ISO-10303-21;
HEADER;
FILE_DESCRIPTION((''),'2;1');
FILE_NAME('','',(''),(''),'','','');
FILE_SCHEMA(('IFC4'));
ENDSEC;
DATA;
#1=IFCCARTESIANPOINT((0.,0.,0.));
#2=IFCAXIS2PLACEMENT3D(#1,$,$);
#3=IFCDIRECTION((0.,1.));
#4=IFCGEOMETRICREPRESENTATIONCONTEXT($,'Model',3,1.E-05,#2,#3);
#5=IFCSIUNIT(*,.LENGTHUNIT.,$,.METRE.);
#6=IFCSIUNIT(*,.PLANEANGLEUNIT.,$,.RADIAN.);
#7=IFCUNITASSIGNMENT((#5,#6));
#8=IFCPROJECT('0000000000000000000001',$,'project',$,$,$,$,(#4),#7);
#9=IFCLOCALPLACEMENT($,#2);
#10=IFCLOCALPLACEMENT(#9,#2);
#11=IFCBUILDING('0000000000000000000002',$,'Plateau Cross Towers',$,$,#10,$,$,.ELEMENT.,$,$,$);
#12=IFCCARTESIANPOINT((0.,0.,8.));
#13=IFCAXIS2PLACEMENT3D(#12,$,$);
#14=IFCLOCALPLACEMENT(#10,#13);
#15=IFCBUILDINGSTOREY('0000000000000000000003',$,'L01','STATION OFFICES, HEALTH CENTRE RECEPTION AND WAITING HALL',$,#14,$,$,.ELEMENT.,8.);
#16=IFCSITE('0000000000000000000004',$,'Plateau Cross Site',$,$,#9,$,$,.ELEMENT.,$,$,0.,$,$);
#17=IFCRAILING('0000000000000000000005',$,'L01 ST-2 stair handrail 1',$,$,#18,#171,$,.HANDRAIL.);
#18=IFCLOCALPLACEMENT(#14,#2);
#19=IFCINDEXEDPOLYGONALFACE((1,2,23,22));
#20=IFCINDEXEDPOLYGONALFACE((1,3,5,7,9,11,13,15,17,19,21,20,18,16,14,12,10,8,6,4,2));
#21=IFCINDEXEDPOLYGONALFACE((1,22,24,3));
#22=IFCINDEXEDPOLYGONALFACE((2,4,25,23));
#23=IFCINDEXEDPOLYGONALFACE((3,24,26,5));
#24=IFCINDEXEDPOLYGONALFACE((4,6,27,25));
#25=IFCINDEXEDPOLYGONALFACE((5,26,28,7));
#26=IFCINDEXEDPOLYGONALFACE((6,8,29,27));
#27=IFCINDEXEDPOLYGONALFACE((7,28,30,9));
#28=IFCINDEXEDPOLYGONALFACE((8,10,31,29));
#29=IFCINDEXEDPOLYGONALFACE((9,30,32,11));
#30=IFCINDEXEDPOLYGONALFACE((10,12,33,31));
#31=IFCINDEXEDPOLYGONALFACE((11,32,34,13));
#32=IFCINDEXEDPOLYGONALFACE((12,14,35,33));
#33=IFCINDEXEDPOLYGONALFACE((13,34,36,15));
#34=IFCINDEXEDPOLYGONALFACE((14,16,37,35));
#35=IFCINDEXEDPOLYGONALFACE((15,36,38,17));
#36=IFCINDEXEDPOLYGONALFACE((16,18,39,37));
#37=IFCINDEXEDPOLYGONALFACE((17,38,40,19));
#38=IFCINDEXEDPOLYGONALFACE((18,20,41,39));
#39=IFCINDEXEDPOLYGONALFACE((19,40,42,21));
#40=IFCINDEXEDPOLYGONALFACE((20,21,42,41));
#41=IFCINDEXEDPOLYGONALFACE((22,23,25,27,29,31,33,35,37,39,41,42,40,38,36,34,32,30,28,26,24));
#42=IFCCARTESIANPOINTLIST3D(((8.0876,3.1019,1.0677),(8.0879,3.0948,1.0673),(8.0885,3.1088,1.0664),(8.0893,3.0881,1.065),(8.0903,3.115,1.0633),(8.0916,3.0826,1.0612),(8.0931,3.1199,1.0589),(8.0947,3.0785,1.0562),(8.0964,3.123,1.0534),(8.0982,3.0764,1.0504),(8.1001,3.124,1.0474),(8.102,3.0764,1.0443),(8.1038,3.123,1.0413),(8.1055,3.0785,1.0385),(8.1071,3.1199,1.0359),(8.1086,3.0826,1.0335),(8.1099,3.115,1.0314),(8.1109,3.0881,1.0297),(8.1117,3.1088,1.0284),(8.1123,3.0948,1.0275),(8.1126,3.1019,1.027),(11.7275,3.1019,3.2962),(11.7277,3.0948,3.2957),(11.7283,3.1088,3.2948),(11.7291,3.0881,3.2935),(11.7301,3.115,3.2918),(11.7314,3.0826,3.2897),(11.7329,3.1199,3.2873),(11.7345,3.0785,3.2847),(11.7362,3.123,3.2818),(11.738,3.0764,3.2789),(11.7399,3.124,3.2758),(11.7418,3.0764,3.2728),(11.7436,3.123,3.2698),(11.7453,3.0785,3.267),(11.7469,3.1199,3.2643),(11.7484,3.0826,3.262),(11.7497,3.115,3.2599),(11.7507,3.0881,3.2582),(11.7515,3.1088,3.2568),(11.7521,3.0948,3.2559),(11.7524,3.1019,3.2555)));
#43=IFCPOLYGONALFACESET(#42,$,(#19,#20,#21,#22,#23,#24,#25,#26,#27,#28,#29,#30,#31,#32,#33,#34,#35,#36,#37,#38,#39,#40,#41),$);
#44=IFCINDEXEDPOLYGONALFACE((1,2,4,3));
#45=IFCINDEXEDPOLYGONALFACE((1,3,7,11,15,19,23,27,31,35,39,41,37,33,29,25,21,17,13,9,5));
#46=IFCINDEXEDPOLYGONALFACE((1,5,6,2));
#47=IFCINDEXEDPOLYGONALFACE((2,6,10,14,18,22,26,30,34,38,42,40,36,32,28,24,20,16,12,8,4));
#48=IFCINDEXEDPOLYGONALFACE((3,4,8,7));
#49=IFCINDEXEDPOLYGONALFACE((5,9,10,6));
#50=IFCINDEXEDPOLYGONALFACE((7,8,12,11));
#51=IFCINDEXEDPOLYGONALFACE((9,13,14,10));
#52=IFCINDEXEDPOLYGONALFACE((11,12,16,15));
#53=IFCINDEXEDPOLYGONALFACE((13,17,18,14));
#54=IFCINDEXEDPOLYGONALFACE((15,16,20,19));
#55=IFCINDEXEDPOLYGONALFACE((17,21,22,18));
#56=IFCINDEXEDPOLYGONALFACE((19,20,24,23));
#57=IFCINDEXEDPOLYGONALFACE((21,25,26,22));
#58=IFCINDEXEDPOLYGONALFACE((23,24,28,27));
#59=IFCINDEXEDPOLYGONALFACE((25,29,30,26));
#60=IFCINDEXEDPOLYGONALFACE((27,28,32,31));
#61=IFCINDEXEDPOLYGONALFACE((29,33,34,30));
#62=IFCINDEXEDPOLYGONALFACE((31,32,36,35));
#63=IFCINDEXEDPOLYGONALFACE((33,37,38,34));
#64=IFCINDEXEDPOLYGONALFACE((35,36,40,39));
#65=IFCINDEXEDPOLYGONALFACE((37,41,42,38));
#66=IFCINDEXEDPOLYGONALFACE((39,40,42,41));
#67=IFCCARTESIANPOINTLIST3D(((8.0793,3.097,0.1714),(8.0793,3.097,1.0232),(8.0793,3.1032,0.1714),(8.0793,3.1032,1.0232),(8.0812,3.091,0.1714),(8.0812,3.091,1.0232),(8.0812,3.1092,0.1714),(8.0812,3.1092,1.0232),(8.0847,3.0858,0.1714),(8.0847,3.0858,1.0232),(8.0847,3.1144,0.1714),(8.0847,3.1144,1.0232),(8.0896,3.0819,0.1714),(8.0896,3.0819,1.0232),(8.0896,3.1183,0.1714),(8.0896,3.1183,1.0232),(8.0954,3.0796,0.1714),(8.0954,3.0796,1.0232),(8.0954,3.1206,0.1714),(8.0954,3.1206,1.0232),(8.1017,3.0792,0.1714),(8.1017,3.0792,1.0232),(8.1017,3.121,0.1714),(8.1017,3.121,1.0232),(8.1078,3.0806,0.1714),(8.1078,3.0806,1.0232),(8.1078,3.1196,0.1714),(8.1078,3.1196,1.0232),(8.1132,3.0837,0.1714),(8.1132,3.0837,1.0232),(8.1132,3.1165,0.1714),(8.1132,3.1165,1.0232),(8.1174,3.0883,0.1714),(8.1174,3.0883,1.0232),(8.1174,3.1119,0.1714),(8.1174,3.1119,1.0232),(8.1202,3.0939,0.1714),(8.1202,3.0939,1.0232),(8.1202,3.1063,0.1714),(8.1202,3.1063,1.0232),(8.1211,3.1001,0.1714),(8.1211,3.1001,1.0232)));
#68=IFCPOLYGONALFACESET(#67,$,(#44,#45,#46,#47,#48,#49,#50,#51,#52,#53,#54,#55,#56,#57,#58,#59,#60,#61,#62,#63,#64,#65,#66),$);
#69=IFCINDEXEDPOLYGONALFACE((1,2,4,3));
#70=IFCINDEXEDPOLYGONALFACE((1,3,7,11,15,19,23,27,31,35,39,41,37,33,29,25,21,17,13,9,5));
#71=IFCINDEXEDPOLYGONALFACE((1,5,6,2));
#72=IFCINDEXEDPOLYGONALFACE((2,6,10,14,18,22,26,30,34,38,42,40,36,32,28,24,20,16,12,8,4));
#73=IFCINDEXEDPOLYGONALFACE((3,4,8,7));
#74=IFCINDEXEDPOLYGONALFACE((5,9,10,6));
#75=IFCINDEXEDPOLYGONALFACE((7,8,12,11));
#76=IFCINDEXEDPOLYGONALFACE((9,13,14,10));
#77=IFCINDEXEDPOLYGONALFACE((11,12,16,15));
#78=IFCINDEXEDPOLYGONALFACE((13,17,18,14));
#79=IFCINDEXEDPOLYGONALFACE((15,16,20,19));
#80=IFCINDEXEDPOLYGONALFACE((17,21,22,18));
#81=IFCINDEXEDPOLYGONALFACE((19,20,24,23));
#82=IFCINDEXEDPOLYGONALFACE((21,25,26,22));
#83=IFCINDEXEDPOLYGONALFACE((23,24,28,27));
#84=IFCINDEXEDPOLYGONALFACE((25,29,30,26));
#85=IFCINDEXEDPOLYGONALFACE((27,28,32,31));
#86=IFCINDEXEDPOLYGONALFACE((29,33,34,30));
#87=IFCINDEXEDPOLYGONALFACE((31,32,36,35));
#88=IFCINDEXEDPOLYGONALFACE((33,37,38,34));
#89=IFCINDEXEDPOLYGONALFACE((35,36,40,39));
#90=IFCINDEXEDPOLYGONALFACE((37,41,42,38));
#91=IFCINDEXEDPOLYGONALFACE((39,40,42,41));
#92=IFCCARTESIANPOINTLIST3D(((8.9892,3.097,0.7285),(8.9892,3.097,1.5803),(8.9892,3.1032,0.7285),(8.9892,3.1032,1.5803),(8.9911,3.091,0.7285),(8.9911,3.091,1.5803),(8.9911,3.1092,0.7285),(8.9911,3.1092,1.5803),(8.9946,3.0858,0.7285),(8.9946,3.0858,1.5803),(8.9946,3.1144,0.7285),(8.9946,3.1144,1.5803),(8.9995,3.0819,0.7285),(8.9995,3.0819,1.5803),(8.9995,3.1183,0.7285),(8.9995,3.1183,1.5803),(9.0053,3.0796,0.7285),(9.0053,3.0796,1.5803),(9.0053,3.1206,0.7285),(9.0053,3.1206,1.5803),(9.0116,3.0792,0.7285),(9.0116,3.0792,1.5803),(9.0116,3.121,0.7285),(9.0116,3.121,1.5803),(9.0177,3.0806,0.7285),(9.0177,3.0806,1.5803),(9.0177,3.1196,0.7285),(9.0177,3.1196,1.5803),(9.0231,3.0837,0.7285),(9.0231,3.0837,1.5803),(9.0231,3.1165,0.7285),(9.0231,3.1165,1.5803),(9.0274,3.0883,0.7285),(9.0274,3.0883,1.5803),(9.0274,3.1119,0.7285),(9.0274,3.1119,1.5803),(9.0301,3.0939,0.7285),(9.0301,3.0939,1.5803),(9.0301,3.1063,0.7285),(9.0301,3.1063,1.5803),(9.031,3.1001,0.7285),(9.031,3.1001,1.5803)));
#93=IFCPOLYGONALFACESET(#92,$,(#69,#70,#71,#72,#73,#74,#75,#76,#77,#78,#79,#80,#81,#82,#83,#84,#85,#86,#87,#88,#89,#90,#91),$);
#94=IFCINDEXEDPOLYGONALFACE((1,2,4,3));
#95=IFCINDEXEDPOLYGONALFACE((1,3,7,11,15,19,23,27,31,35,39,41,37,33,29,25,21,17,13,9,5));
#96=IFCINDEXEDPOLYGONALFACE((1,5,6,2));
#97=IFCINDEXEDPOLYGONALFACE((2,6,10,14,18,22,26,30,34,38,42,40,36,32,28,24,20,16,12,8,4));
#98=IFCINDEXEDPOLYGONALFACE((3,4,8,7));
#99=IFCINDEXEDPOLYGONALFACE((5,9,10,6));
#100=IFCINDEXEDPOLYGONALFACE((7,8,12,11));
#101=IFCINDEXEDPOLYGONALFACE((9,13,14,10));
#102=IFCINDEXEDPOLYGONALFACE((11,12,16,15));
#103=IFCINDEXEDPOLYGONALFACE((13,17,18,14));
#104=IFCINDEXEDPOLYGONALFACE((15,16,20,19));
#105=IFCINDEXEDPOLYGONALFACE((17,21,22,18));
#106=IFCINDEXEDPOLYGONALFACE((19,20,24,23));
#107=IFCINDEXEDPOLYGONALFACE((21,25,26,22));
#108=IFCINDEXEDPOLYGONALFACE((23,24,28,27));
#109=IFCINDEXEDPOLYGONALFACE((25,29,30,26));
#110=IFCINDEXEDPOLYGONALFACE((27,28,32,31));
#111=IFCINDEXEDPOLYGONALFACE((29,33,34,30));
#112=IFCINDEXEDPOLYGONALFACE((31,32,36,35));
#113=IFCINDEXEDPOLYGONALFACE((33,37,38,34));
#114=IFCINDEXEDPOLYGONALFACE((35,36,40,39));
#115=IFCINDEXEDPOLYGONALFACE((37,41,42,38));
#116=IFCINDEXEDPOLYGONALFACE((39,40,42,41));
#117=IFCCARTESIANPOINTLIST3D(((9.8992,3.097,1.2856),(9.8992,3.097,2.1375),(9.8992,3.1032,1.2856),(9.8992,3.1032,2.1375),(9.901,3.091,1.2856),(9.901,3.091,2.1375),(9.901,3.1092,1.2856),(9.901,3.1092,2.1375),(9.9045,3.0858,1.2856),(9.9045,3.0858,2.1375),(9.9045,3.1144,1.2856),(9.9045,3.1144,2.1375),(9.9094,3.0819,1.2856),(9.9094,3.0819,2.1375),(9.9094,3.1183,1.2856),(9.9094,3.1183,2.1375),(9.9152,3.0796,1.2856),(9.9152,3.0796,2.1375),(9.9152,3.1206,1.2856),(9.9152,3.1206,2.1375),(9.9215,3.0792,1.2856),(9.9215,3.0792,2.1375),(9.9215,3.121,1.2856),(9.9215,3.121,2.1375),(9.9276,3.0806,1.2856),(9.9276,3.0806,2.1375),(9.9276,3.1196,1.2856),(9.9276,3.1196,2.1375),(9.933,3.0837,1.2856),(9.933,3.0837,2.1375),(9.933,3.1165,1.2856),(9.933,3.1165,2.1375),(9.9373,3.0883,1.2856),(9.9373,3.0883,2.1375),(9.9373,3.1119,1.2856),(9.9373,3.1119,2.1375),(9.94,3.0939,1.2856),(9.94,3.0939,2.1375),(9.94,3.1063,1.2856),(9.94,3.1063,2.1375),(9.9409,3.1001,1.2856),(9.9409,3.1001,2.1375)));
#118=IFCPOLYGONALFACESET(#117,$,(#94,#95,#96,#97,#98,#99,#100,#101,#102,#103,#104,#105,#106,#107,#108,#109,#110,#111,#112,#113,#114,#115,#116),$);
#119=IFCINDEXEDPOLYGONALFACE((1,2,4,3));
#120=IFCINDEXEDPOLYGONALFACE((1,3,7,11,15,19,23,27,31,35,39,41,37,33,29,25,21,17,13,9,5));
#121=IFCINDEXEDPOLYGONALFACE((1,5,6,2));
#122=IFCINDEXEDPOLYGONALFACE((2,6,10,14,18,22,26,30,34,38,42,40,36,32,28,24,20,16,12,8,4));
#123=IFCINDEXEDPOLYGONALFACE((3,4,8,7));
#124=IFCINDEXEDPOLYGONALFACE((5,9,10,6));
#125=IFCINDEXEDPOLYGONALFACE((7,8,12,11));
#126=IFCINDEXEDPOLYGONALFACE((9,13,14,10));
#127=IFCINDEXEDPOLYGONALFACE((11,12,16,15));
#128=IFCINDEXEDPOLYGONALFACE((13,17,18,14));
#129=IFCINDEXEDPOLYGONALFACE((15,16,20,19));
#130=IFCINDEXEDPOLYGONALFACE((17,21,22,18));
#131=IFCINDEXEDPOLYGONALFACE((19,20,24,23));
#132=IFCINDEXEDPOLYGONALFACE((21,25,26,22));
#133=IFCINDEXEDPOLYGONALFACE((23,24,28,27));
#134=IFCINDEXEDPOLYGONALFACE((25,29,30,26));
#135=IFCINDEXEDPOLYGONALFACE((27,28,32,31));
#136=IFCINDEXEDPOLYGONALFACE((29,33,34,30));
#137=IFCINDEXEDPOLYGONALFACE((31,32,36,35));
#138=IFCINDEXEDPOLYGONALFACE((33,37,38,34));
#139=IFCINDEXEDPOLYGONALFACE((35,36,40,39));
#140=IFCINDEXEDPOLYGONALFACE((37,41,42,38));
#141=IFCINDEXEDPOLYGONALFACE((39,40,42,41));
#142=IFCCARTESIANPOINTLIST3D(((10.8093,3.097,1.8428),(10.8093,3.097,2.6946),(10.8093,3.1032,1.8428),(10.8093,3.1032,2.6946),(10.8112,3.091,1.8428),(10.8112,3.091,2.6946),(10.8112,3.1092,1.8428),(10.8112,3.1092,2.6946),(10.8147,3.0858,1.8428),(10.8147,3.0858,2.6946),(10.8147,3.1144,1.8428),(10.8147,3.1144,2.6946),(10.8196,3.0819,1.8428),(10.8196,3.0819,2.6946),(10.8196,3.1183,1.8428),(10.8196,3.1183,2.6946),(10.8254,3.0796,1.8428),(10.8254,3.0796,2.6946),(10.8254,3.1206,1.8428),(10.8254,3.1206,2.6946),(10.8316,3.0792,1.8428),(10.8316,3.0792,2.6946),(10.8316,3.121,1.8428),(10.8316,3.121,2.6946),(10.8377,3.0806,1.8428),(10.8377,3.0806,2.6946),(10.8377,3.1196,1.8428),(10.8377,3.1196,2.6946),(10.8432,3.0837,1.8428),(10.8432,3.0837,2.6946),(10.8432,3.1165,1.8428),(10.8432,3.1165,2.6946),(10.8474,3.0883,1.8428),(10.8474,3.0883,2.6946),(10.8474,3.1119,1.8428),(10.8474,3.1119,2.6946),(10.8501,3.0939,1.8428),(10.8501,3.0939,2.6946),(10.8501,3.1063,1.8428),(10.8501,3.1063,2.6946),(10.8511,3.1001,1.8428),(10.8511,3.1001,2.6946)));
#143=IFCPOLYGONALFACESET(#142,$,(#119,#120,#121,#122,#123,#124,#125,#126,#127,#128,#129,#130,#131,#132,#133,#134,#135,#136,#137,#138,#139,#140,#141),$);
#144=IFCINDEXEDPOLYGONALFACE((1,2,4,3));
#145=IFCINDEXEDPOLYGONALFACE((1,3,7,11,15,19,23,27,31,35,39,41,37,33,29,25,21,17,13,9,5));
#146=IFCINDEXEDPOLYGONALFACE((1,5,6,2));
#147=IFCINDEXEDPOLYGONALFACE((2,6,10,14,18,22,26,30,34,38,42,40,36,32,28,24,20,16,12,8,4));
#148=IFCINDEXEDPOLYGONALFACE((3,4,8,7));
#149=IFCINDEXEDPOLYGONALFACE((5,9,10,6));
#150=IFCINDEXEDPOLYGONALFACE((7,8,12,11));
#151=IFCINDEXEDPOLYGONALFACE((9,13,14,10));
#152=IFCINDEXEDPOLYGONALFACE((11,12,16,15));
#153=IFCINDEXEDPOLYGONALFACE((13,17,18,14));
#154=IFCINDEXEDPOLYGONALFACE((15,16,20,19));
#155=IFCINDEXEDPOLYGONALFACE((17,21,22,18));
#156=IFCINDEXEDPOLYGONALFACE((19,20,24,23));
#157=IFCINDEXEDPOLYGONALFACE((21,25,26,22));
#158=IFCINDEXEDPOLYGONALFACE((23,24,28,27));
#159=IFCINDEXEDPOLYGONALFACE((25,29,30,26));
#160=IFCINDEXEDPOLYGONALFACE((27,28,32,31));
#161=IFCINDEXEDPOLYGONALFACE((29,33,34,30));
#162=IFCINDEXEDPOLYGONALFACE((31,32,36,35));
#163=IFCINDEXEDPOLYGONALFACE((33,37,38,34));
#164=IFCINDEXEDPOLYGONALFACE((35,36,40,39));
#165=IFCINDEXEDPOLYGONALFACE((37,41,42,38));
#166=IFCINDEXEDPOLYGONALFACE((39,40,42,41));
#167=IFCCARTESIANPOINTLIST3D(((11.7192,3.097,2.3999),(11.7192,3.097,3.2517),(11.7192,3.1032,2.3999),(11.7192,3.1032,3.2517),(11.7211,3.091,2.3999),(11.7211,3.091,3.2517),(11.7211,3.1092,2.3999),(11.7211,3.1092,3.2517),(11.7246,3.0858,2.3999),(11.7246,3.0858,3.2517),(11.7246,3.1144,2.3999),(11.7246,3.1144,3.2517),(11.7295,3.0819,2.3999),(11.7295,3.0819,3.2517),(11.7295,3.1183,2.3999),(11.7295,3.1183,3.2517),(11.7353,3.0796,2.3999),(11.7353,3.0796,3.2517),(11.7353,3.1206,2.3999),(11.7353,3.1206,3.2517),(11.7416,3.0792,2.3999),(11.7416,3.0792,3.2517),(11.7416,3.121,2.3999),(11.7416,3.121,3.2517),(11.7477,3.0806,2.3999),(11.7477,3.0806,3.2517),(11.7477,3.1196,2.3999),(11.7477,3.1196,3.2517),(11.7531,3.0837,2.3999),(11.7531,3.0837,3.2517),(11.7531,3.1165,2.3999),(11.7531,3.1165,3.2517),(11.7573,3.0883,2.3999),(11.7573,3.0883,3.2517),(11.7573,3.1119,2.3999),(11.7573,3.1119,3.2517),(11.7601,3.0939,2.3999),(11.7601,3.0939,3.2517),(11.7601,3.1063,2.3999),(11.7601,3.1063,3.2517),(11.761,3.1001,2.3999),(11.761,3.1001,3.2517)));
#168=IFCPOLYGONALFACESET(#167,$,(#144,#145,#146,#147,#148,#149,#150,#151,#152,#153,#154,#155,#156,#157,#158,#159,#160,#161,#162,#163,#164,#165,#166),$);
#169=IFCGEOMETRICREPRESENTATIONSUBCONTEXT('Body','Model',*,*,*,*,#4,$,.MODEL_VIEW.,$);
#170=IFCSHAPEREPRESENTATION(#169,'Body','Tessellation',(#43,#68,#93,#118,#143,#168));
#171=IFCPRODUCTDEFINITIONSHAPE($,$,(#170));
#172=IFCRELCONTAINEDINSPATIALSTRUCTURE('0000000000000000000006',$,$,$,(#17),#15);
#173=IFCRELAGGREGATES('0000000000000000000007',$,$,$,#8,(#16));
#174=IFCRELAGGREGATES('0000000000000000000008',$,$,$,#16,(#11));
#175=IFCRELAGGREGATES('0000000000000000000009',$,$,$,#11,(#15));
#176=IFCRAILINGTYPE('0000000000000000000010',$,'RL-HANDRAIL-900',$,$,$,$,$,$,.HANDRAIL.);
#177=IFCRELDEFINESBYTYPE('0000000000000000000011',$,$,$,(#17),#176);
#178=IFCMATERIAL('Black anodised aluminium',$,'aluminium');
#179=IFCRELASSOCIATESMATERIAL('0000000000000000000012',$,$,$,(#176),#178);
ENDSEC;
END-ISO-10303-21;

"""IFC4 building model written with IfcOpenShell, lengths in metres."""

from ifc_helpers import new_model, si_unit, direction, frame, origin, origin_2d, place, context, subcontext, project, spatial, circle, extrude, material, type_object, element, save


model = new_model("IFC4")

# Units and contexts
model_context = context("Model", 3, precision=1e-05, world=origin(), true_north=direction((0.0, 1.0)))
body_context = subcontext(model_context, "Body", "Model", "MODEL_VIEW")
ifc_project = project(units=[si_unit("LENGTHUNIT", "METRE"), si_unit("PLANEANGLEUNIT", "RADIAN")], contexts=[model_context])

# Site, building, storey
site_placement = place(None, origin())
site = spatial("IfcSite", under=ifc_project, at=site_placement, Name="Plateau Cross Site", CompositionType="ELEMENT", RefElevation=0.0)
building_placement = place(site_placement, origin())
building = spatial("IfcBuilding", under=site, at=building_placement, Name="Plateau Cross Towers", CompositionType="ELEMENT")
storey_placement = place(building_placement, frame((0.0, 0.0, 8.0)))
storey = spatial("IfcBuildingStorey", under=building, at=storey_placement, Name="L01", Description="STATION OFFICES, HEALTH CENTRE RECEPTION AND WAITING HALL", CompositionType="ELEMENT", Elevation=8.0)

# Railing
ifc_material_1 = material(Name="Black anodised aluminium", Category="aluminium")
railing_type_1 = type_object("IfcRailingType", Name="RL-HANDRAIL-900", PredefinedType="HANDRAIL", material=ifc_material_1)
railing_1_placement = place(storey_placement, frame((8.1001, 3.1001, 0.1714)))
element("IfcRailing", 1, at=railing_1_placement, inside=storey, type_object=railing_type_1, Name="L01 ST-2 stair handrail 1", PredefinedType="HANDRAIL", context=body_context, shape_type="SweptSolid", body=[
    extrude(circle(Radius=0.0239, at=origin_2d()), frame((0.0, 0.0, 0.876), z_axis=(0.85285, 0.0, 0.522156), x_axis=(0.0, 1.0, 0.0)), (0.0, 0.0, 1.0), 4.2678),
    extrude(circle(Radius=0.021, at=origin_2d()), origin(), (0.0, 0.0, 1.0), 0.8518),
    extrude(circle(Radius=0.021, at=origin_2d()), frame((0.9099, 0.0, 0.5571)), (0.0, 0.0, 1.0), 0.8518),
    extrude(circle(Radius=0.021, at=origin_2d()), frame((1.8198, 0.0, 1.1143)), (0.0, 0.0, 1.0), 0.8518),
    extrude(circle(Radius=0.021, at=origin_2d()), frame((2.73, 0.0, 1.6714)), (0.0, 0.0, 1.0), 0.8518),
    extrude(circle(Radius=0.021, at=origin_2d()), frame((3.6399, 0.0, 2.2285)), (0.0, 0.0, 1.0), 0.8518),
])

save(model, "model.ifc")
